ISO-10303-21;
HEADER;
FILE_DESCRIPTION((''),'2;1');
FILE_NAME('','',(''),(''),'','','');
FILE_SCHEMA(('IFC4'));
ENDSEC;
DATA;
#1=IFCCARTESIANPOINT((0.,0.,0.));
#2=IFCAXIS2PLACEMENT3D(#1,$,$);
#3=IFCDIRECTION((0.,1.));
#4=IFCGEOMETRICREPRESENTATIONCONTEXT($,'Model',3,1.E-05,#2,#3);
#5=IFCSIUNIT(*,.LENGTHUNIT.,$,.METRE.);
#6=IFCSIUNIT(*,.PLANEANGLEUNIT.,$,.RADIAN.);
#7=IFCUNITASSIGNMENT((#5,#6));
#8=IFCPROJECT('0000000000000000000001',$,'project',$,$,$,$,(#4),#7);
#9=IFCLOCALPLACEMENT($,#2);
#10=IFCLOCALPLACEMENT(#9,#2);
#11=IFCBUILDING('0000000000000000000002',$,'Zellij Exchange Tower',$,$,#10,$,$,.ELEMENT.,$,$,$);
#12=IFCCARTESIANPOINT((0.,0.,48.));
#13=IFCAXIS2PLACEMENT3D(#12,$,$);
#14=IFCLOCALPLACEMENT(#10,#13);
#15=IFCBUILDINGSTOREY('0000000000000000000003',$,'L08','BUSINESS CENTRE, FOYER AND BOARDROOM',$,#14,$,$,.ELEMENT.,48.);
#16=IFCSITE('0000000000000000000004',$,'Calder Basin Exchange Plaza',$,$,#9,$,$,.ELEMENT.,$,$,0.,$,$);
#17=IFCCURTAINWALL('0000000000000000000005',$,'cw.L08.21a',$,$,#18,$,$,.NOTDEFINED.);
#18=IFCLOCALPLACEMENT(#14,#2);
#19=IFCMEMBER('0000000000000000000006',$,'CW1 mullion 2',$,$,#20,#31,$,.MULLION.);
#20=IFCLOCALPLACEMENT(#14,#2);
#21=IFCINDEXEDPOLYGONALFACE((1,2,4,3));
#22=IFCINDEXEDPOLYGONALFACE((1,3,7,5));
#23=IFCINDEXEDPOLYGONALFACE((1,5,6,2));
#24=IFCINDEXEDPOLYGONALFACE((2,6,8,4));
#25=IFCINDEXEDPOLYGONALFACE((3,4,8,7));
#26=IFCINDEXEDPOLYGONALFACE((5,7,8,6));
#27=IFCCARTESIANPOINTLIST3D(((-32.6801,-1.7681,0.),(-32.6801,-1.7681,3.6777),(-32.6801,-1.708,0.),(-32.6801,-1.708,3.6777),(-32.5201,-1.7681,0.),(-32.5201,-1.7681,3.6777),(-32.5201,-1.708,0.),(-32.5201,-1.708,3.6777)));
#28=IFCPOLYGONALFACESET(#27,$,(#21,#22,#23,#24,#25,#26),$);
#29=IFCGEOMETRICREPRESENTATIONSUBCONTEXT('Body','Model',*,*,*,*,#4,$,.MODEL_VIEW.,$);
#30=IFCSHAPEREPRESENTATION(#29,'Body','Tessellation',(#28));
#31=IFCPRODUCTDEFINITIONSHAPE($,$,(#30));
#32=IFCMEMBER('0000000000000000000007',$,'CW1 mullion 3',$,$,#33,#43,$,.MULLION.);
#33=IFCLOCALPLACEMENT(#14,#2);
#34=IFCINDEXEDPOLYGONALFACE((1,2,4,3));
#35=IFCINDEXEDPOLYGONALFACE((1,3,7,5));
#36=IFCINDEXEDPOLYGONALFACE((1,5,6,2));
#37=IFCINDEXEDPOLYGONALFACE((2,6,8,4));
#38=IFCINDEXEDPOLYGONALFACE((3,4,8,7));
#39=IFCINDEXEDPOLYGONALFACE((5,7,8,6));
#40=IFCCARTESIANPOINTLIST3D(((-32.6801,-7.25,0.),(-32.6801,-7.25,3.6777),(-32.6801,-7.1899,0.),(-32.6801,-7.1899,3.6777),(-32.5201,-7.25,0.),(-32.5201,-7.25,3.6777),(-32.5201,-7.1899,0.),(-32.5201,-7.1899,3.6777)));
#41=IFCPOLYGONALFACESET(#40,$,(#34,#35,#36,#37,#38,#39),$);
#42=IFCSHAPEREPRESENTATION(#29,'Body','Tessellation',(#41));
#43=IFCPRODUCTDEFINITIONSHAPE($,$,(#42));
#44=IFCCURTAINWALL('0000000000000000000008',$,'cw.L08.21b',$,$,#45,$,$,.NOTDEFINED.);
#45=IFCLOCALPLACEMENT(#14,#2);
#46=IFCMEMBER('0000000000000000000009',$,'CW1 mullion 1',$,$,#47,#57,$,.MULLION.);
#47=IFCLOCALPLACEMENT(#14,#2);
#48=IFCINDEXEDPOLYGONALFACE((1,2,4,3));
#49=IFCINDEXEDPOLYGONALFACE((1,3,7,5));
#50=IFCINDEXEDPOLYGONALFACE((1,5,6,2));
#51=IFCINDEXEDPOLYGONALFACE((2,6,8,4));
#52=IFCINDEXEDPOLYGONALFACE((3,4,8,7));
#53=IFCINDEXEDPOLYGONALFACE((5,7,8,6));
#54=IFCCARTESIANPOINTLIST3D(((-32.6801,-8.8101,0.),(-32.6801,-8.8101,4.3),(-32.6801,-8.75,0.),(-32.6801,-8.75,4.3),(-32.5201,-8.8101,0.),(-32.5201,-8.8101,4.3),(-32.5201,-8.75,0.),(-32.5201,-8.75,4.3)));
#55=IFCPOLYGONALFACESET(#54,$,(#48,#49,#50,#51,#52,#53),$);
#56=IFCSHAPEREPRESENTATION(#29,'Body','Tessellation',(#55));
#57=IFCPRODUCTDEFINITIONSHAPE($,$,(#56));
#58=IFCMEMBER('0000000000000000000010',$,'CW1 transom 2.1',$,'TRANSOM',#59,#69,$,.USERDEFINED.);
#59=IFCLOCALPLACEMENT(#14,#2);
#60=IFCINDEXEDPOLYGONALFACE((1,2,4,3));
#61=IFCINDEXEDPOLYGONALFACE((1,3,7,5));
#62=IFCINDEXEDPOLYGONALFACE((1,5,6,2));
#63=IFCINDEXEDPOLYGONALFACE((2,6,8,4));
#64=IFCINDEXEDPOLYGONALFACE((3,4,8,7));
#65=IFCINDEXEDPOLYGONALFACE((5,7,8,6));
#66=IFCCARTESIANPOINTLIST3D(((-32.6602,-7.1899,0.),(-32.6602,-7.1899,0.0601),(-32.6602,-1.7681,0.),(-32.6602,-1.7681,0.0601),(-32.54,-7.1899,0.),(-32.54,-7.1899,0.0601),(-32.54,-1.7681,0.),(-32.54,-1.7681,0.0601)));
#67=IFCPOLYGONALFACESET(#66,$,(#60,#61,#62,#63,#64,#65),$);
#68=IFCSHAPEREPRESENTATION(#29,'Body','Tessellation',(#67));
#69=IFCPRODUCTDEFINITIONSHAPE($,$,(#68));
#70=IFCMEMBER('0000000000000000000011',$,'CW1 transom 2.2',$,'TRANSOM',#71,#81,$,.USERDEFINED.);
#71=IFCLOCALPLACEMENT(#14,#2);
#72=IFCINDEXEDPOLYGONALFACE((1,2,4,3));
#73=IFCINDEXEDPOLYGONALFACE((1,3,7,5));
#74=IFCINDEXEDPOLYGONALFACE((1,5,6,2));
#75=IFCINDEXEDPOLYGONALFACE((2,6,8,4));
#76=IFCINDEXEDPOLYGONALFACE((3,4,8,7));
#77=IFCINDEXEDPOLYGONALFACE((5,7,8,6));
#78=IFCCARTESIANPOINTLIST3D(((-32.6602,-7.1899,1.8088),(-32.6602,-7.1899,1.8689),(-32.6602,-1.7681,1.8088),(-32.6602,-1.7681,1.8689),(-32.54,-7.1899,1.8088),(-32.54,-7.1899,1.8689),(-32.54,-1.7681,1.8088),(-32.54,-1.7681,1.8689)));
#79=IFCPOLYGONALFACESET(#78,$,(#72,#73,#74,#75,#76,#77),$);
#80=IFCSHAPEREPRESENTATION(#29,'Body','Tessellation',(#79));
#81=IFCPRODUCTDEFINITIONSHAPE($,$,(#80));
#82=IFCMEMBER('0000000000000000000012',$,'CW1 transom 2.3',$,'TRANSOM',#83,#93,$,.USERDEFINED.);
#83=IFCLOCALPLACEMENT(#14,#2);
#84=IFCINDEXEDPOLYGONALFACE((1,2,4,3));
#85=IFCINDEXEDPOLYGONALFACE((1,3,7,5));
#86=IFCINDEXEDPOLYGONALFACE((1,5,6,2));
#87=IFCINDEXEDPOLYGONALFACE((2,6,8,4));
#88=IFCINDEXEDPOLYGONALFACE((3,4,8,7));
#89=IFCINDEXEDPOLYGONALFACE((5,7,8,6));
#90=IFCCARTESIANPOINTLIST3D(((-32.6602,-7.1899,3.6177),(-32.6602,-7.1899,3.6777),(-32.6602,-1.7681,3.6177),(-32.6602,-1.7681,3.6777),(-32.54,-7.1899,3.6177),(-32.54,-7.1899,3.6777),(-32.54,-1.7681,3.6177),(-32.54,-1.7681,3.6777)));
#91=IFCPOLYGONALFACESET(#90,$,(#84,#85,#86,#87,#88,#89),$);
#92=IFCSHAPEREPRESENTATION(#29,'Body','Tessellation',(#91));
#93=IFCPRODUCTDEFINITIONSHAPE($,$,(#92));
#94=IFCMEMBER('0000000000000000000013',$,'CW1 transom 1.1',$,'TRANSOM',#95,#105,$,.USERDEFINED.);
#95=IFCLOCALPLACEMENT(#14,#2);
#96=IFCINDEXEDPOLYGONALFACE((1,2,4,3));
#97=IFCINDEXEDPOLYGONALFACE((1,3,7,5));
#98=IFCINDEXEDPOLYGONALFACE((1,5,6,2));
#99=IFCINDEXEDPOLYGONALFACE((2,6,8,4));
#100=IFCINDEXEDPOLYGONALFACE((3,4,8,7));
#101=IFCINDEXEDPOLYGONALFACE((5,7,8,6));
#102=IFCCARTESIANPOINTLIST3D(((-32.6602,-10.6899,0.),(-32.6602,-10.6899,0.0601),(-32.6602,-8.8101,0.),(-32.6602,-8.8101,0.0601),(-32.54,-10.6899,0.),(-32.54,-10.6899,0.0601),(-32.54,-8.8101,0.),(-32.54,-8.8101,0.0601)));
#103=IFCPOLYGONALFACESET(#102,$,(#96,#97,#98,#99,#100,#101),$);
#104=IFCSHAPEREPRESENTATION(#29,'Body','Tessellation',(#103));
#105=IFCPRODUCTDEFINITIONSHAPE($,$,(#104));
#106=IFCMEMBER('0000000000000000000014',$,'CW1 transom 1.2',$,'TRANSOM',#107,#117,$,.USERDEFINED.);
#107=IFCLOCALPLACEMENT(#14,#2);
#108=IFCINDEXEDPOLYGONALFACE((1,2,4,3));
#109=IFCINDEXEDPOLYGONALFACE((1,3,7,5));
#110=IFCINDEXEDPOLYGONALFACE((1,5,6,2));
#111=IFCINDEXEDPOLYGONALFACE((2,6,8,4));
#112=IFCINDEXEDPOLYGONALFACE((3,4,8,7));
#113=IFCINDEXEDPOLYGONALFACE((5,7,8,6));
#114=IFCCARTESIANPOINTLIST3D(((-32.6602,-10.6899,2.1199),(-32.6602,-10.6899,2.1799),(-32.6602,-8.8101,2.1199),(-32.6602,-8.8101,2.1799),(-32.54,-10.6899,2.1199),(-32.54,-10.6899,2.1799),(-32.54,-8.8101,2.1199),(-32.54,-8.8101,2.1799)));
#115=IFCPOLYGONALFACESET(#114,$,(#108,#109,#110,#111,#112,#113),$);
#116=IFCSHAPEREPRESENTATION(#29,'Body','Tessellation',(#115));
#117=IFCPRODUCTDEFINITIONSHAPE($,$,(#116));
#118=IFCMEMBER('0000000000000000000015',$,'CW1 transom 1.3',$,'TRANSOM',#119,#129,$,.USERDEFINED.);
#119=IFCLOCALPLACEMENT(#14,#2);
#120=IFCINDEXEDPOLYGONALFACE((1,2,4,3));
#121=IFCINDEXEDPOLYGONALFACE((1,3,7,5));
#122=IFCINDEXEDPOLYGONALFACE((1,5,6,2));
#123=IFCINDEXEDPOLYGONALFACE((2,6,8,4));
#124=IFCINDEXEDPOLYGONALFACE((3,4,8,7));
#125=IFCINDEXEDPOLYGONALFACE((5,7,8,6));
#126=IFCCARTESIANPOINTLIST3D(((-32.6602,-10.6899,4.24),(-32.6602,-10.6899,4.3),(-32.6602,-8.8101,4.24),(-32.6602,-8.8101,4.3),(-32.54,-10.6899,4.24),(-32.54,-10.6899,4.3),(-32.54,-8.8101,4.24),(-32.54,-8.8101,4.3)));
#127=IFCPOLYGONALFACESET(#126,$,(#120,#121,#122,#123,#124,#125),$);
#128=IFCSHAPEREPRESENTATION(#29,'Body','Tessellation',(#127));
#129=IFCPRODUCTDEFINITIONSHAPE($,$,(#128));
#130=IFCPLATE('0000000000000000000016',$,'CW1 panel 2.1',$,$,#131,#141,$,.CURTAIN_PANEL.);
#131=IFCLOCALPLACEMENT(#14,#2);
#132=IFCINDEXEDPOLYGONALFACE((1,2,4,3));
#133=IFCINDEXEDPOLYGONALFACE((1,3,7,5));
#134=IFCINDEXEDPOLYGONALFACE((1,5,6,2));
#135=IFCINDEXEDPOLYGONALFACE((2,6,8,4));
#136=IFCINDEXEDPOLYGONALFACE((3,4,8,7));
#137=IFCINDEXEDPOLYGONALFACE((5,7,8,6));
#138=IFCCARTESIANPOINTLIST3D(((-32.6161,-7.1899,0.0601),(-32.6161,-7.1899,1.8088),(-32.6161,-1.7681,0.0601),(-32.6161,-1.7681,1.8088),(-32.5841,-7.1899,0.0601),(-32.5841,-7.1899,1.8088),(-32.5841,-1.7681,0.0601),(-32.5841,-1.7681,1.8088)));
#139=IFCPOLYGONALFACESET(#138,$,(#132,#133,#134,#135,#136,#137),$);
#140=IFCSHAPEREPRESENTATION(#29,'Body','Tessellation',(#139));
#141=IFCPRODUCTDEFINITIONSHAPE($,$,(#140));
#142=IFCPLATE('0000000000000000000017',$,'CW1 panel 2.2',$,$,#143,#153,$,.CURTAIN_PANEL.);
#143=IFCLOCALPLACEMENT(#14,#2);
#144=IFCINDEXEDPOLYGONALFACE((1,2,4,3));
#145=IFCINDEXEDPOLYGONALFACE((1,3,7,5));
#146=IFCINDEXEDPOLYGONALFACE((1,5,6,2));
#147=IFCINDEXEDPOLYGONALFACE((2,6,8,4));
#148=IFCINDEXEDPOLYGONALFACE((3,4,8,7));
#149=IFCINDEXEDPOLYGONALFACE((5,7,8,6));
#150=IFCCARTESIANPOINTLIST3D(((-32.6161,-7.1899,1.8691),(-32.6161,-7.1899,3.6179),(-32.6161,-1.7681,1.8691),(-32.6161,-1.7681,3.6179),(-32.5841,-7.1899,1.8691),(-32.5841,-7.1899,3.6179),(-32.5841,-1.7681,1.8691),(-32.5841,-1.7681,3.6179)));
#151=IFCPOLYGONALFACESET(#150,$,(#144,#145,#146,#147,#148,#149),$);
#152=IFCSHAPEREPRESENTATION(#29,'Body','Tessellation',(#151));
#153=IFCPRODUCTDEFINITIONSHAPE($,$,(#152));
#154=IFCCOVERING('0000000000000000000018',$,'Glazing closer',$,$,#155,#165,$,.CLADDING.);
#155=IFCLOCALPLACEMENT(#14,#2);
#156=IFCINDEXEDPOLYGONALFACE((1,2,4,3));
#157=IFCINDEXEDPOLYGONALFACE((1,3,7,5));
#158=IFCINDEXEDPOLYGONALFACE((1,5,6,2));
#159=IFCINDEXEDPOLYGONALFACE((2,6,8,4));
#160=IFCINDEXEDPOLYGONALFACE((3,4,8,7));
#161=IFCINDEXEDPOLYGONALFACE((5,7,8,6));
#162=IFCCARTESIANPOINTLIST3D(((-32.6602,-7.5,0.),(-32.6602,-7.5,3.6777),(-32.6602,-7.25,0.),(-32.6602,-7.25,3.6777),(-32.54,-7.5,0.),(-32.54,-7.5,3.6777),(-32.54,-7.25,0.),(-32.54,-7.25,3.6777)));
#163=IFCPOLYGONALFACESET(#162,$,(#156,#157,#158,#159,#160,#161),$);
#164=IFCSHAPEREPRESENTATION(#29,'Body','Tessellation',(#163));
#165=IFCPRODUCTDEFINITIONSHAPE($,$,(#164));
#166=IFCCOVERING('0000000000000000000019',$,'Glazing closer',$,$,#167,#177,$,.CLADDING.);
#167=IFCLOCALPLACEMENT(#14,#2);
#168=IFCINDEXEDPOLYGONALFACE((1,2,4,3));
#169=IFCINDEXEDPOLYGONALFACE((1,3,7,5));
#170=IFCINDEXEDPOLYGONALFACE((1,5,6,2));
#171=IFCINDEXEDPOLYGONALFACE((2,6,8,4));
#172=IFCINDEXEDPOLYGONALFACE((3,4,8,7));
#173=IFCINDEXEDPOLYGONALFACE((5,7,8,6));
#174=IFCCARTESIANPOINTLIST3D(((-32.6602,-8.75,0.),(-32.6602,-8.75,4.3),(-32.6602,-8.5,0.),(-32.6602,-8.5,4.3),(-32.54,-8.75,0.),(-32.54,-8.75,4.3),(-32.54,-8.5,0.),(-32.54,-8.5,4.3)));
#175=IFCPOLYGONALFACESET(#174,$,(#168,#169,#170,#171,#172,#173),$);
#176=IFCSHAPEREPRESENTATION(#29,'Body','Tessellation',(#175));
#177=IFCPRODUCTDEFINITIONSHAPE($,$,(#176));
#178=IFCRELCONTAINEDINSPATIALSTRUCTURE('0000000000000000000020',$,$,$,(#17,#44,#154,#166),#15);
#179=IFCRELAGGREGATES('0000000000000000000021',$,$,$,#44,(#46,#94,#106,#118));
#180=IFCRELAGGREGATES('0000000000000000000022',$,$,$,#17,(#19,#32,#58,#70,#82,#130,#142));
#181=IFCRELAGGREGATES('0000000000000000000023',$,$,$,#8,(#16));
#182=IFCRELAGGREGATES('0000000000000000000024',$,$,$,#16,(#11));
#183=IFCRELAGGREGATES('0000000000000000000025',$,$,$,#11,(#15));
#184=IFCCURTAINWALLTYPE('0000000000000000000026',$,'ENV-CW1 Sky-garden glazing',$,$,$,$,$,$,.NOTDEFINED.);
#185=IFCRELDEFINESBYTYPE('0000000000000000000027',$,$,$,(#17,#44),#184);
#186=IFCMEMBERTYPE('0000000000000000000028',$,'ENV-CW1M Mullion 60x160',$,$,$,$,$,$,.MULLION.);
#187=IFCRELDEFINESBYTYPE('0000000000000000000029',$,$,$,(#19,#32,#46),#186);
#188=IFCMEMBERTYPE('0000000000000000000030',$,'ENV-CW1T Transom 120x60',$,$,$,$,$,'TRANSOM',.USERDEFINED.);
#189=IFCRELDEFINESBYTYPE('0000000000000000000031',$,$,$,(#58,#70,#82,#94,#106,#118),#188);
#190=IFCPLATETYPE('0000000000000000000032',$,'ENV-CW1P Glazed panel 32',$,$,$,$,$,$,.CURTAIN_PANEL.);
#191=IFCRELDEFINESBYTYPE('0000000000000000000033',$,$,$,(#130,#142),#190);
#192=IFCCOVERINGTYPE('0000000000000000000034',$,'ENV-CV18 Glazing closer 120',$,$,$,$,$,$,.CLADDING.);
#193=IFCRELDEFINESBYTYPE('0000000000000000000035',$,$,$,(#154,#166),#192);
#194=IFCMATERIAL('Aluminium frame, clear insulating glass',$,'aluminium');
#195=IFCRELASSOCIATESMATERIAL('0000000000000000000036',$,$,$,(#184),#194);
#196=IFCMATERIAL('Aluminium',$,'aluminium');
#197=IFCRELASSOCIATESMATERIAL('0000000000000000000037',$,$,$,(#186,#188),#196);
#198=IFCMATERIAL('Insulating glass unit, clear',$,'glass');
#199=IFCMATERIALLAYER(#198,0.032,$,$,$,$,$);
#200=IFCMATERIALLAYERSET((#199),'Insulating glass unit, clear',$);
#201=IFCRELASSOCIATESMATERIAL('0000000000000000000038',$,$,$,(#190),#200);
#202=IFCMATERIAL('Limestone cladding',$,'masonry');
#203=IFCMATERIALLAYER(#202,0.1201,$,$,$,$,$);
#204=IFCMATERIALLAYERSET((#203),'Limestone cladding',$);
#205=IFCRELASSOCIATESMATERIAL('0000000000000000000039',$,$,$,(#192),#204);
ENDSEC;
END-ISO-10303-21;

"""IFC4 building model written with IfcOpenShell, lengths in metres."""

from ifc_helpers import new_model, si_unit, direction, frame, origin, origin_2d, place, context, subcontext, project, spatial, rectangle, extrude, material, layer, layer_set, material_profile, profile_set, type_object, element, aggregate, save


model = new_model("IFC4")

# Units and contexts
model_context = context("Model", 3, precision=1e-05, world=origin(), true_north=direction((0.0, 1.0)))
body_context = subcontext(model_context, "Body", "Model", "MODEL_VIEW")
ifc_project = project(units=[si_unit("LENGTHUNIT", "METRE"), si_unit("PLANEANGLEUNIT", "RADIAN")], contexts=[model_context])

# Site, building, storey
site_placement = place(None, origin())
site = spatial("IfcSite", under=ifc_project, at=site_placement, Name="Calder Basin Exchange Plaza", CompositionType="ELEMENT", RefElevation=0.0)
building_placement = place(site_placement, origin())
building = spatial("IfcBuilding", under=site, at=building_placement, Name="Zellij Exchange Tower", CompositionType="ELEMENT")
storey_placement = place(building_placement, frame((0.0, 0.0, 48.0)))
storey = spatial("IfcBuildingStorey", under=building, at=storey_placement, Name="L08", Description="BUSINESS CENTRE, FOYER AND BOARDROOM", CompositionType="ELEMENT", Elevation=48.0)

# Curtain wall, members
ifc_material_1 = material(Name="Aluminium frame, clear insulating glass", Category="aluminium")
curtain_wall_type = type_object("IfcCurtainWallType", Name="ENV-CW1 Sky-garden glazing", PredefinedType="NOTDEFINED", material=ifc_material_1)
curtain_wall_1_placement = place(storey_placement, origin())
curtain_wall_1 = element("IfcCurtainWall", 1, at=curtain_wall_1_placement, inside=storey, type_object=curtain_wall_type, Name="cw.L08.21a", PredefinedType="NOTDEFINED")
ifc_material_2 = material(Name="Aluminium", Category="aluminium")
ifc_material_profile_1 = material_profile(ifc_material_2, rectangle(XDim=0.0601, YDim=0.1599, at=origin_2d()), Name="AL 60x160")
ifc_profile_set_1 = profile_set([ifc_material_profile_1], Name="Aluminium")
member_type_1 = type_object("IfcMemberType", Name="ENV-CW1M Mullion 60x160", PredefinedType="MULLION", material=ifc_profile_set_1)
member_1_placement = place(storey_placement, frame((-32.6001, -1.738, 0.0), z_axis=(0.0, 0.0, 1.0), x_axis=(0.0, -1.0, 0.0)))
member_1 = element("IfcMember", 2, at=member_1_placement, type_object=member_type_1, Name="CW1 mullion 2", PredefinedType="MULLION", context=body_context, shape_type="SweptSolid", body=[
    extrude(rectangle(XDim=0.0601, YDim=0.1599, at=origin_2d()), origin(), (0.0, 0.0, 1.0), 3.6777),
])
member_2_placement = place(storey_placement, frame((-32.6001, -7.22, 0.0), z_axis=(0.0, 0.0, 1.0), x_axis=(0.0, -1.0, 0.0)))
member_2 = element("IfcMember", 3, at=member_2_placement, type_object=member_type_1, Name="CW1 mullion 3", PredefinedType="MULLION", context=body_context, shape_type="SweptSolid", body=[
    extrude(rectangle(XDim=0.0601, YDim=0.1599, at=origin_2d()), origin(), (0.0, 0.0, 1.0), 3.6777),
])

# Curtain wall, member
curtain_wall_2_placement = place(storey_placement, origin())
curtain_wall_2 = element("IfcCurtainWall", 4, at=curtain_wall_2_placement, inside=storey, type_object=curtain_wall_type, Name="cw.L08.21b", PredefinedType="NOTDEFINED")
member_3_placement = place(storey_placement, frame((-32.6001, -8.78, 0.0), z_axis=(0.0, 0.0, 1.0), x_axis=(0.0, -1.0, 0.0)))
member_3 = element("IfcMember", 5, at=member_3_placement, type_object=member_type_1, Name="CW1 mullion 1", PredefinedType="MULLION", context=body_context, shape_type="SweptSolid", body=[
    extrude(rectangle(XDim=0.0601, YDim=0.1599, at=origin_2d()), origin(), (0.0, 0.0, 1.0), 4.3),
])

# Members
ifc_material_profile_2 = material_profile(ifc_material_2, rectangle(XDim=0.1201, YDim=0.0601, at=origin_2d()), Name="AL 120x60")
ifc_profile_set_2 = profile_set([ifc_material_profile_2], Name="Aluminium")
member_type_2 = type_object("IfcMemberType", Name="ENV-CW1T Transom 120x60", ElementType="TRANSOM", PredefinedType="USERDEFINED", material=ifc_profile_set_2)
member_4_placement = place(storey_placement, frame((-32.6001, -1.7681, 0.03), z_axis=(0.0, -1.0, 0.0), x_axis=(1.0, 0.0, 0.0)))
member_4 = element("IfcMember", 6, at=member_4_placement, type_object=member_type_2, Name="CW1 transom 2.1", ObjectType="TRANSOM", PredefinedType="USERDEFINED", context=body_context, shape_type="SweptSolid", body=[
    extrude(rectangle(XDim=0.1201, YDim=0.0601, at=origin_2d()), origin(), (0.0, 0.0, 1.0), 5.4219),
])
member_5_placement = place(storey_placement, frame((-32.6001, -1.7681, 1.8389), z_axis=(0.0, -1.0, 0.0), x_axis=(1.0, 0.0, 0.0)))
member_5 = element("IfcMember", 7, at=member_5_placement, type_object=member_type_2, Name="CW1 transom 2.2", ObjectType="TRANSOM", PredefinedType="USERDEFINED", context=body_context, shape_type="SweptSolid", body=[
    extrude(rectangle(XDim=0.1201, YDim=0.0601, at=origin_2d()), origin(), (0.0, 0.0, 1.0), 5.4219),
])
member_6_placement = place(storey_placement, frame((-32.6001, -1.7681, 3.6477), z_axis=(0.0, -1.0, 0.0), x_axis=(1.0, 0.0, 0.0)))
member_6 = element("IfcMember", 8, at=member_6_placement, type_object=member_type_2, Name="CW1 transom 2.3", ObjectType="TRANSOM", PredefinedType="USERDEFINED", context=body_context, shape_type="SweptSolid", body=[
    extrude(rectangle(XDim=0.1201, YDim=0.0601, at=origin_2d()), origin(), (0.0, 0.0, 1.0), 5.4219),
])
member_7_placement = place(storey_placement, frame((-32.6001, -8.8101, 0.03), z_axis=(0.0, -1.0, 0.0), x_axis=(1.0, 0.0, 0.0)))
member_7 = element("IfcMember", 9, at=member_7_placement, type_object=member_type_2, Name="CW1 transom 1.1", ObjectType="TRANSOM", PredefinedType="USERDEFINED", context=body_context, shape_type="SweptSolid", body=[
    extrude(rectangle(XDim=0.1201, YDim=0.0601, at=origin_2d()), origin(), (0.0, 0.0, 1.0), 1.8799),
])
member_8_placement = place(storey_placement, frame((-32.6001, -8.8101, 2.1499), z_axis=(0.0, -1.0, 0.0), x_axis=(1.0, 0.0, 0.0)))
member_8 = element("IfcMember", 10, at=member_8_placement, type_object=member_type_2, Name="CW1 transom 1.2", ObjectType="TRANSOM", PredefinedType="USERDEFINED", context=body_context, shape_type="SweptSolid", body=[
    extrude(rectangle(XDim=0.1201, YDim=0.0601, at=origin_2d()), origin(), (0.0, 0.0, 1.0), 1.8799),
])
member_9_placement = place(storey_placement, frame((-32.6001, -8.8101, 4.27), z_axis=(0.0, -1.0, 0.0), x_axis=(1.0, 0.0, 0.0)))
member_9 = element("IfcMember", 11, at=member_9_placement, type_object=member_type_2, Name="CW1 transom 1.3", ObjectType="TRANSOM", PredefinedType="USERDEFINED", context=body_context, shape_type="SweptSolid", body=[
    extrude(rectangle(XDim=0.1201, YDim=0.0601, at=origin_2d()), origin(), (0.0, 0.0, 1.0), 1.8799),
])
aggregate(curtain_wall_2, [member_3, member_7, member_8, member_9])

# Plates
ifc_material_3 = material(Name="Insulating glass unit, clear", Category="glass")
ifc_layer_1 = layer(ifc_material_3, 0.032)
ifc_layer_set_1 = layer_set([ifc_layer_1], Name="Insulating glass unit, clear")
plate_type = type_object("IfcPlateType", Name="ENV-CW1P Glazed panel 32", PredefinedType="CURTAIN_PANEL", material=ifc_layer_set_1)
plate_1_placement = place(storey_placement, frame((-32.6001, -4.479, 0.0601), z_axis=(0.0, 0.0, 1.0), x_axis=(0.0, -1.0, 0.0)))
plate_1 = element("IfcPlate", 12, at=plate_1_placement, type_object=plate_type, Name="CW1 panel 2.1", PredefinedType="CURTAIN_PANEL", context=body_context, shape_type="SweptSolid", body=[
    extrude(rectangle(XDim=5.4219, YDim=0.032, at=origin_2d()), origin(), (0.0, 0.0, 1.0), 1.7488),
])
plate_2_placement = place(storey_placement, frame((-32.6001, -4.479, 1.8691), z_axis=(0.0, 0.0, 1.0), x_axis=(0.0, -1.0, 0.0)))
plate_2 = element("IfcPlate", 13, at=plate_2_placement, type_object=plate_type, Name="CW1 panel 2.2", PredefinedType="CURTAIN_PANEL", context=body_context, shape_type="SweptSolid", body=[
    extrude(rectangle(XDim=5.4219, YDim=0.032, at=origin_2d()), origin(), (0.0, 0.0, 1.0), 1.7488),
])
aggregate(curtain_wall_1, [member_1, member_2, member_4, member_5, member_6, plate_1, plate_2])

# Coverings
ifc_material_4 = material(Name="Limestone cladding", Category="masonry")
ifc_layer_2 = layer(ifc_material_4, 0.1201)
ifc_layer_set_2 = layer_set([ifc_layer_2], Name="Limestone cladding")
covering_type_1 = type_object("IfcCoveringType", Name="ENV-CV18 Glazing closer 120", PredefinedType="CLADDING", material=ifc_layer_set_2)
covering_1_placement = place(storey_placement, frame((-32.6001, -7.375, 0.0), z_axis=(0.0, 0.0, 1.0), x_axis=(0.0, -1.0, 0.0)))
element("IfcCovering", 14, at=covering_1_placement, inside=storey, type_object=covering_type_1, Name="Glazing closer", PredefinedType="CLADDING", context=body_context, shape_type="SweptSolid", body=[
    extrude(rectangle(XDim=0.25, YDim=0.1201, at=origin_2d()), origin(), (0.0, 0.0, 1.0), 3.6777),
])
covering_2_placement = place(storey_placement, frame((-32.6001, -8.625, 0.0), z_axis=(0.0, 0.0, 1.0), x_axis=(0.0, 1.0, 0.0)))
element("IfcCovering", 15, at=covering_2_placement, inside=storey, type_object=covering_type_1, Name="Glazing closer", PredefinedType="CLADDING", context=body_context, shape_type="SweptSolid", body=[
    extrude(rectangle(XDim=0.25, YDim=0.1201, at=origin_2d()), origin(), (0.0, 0.0, 1.0), 4.3),
])

save(model, "model.ifc")
